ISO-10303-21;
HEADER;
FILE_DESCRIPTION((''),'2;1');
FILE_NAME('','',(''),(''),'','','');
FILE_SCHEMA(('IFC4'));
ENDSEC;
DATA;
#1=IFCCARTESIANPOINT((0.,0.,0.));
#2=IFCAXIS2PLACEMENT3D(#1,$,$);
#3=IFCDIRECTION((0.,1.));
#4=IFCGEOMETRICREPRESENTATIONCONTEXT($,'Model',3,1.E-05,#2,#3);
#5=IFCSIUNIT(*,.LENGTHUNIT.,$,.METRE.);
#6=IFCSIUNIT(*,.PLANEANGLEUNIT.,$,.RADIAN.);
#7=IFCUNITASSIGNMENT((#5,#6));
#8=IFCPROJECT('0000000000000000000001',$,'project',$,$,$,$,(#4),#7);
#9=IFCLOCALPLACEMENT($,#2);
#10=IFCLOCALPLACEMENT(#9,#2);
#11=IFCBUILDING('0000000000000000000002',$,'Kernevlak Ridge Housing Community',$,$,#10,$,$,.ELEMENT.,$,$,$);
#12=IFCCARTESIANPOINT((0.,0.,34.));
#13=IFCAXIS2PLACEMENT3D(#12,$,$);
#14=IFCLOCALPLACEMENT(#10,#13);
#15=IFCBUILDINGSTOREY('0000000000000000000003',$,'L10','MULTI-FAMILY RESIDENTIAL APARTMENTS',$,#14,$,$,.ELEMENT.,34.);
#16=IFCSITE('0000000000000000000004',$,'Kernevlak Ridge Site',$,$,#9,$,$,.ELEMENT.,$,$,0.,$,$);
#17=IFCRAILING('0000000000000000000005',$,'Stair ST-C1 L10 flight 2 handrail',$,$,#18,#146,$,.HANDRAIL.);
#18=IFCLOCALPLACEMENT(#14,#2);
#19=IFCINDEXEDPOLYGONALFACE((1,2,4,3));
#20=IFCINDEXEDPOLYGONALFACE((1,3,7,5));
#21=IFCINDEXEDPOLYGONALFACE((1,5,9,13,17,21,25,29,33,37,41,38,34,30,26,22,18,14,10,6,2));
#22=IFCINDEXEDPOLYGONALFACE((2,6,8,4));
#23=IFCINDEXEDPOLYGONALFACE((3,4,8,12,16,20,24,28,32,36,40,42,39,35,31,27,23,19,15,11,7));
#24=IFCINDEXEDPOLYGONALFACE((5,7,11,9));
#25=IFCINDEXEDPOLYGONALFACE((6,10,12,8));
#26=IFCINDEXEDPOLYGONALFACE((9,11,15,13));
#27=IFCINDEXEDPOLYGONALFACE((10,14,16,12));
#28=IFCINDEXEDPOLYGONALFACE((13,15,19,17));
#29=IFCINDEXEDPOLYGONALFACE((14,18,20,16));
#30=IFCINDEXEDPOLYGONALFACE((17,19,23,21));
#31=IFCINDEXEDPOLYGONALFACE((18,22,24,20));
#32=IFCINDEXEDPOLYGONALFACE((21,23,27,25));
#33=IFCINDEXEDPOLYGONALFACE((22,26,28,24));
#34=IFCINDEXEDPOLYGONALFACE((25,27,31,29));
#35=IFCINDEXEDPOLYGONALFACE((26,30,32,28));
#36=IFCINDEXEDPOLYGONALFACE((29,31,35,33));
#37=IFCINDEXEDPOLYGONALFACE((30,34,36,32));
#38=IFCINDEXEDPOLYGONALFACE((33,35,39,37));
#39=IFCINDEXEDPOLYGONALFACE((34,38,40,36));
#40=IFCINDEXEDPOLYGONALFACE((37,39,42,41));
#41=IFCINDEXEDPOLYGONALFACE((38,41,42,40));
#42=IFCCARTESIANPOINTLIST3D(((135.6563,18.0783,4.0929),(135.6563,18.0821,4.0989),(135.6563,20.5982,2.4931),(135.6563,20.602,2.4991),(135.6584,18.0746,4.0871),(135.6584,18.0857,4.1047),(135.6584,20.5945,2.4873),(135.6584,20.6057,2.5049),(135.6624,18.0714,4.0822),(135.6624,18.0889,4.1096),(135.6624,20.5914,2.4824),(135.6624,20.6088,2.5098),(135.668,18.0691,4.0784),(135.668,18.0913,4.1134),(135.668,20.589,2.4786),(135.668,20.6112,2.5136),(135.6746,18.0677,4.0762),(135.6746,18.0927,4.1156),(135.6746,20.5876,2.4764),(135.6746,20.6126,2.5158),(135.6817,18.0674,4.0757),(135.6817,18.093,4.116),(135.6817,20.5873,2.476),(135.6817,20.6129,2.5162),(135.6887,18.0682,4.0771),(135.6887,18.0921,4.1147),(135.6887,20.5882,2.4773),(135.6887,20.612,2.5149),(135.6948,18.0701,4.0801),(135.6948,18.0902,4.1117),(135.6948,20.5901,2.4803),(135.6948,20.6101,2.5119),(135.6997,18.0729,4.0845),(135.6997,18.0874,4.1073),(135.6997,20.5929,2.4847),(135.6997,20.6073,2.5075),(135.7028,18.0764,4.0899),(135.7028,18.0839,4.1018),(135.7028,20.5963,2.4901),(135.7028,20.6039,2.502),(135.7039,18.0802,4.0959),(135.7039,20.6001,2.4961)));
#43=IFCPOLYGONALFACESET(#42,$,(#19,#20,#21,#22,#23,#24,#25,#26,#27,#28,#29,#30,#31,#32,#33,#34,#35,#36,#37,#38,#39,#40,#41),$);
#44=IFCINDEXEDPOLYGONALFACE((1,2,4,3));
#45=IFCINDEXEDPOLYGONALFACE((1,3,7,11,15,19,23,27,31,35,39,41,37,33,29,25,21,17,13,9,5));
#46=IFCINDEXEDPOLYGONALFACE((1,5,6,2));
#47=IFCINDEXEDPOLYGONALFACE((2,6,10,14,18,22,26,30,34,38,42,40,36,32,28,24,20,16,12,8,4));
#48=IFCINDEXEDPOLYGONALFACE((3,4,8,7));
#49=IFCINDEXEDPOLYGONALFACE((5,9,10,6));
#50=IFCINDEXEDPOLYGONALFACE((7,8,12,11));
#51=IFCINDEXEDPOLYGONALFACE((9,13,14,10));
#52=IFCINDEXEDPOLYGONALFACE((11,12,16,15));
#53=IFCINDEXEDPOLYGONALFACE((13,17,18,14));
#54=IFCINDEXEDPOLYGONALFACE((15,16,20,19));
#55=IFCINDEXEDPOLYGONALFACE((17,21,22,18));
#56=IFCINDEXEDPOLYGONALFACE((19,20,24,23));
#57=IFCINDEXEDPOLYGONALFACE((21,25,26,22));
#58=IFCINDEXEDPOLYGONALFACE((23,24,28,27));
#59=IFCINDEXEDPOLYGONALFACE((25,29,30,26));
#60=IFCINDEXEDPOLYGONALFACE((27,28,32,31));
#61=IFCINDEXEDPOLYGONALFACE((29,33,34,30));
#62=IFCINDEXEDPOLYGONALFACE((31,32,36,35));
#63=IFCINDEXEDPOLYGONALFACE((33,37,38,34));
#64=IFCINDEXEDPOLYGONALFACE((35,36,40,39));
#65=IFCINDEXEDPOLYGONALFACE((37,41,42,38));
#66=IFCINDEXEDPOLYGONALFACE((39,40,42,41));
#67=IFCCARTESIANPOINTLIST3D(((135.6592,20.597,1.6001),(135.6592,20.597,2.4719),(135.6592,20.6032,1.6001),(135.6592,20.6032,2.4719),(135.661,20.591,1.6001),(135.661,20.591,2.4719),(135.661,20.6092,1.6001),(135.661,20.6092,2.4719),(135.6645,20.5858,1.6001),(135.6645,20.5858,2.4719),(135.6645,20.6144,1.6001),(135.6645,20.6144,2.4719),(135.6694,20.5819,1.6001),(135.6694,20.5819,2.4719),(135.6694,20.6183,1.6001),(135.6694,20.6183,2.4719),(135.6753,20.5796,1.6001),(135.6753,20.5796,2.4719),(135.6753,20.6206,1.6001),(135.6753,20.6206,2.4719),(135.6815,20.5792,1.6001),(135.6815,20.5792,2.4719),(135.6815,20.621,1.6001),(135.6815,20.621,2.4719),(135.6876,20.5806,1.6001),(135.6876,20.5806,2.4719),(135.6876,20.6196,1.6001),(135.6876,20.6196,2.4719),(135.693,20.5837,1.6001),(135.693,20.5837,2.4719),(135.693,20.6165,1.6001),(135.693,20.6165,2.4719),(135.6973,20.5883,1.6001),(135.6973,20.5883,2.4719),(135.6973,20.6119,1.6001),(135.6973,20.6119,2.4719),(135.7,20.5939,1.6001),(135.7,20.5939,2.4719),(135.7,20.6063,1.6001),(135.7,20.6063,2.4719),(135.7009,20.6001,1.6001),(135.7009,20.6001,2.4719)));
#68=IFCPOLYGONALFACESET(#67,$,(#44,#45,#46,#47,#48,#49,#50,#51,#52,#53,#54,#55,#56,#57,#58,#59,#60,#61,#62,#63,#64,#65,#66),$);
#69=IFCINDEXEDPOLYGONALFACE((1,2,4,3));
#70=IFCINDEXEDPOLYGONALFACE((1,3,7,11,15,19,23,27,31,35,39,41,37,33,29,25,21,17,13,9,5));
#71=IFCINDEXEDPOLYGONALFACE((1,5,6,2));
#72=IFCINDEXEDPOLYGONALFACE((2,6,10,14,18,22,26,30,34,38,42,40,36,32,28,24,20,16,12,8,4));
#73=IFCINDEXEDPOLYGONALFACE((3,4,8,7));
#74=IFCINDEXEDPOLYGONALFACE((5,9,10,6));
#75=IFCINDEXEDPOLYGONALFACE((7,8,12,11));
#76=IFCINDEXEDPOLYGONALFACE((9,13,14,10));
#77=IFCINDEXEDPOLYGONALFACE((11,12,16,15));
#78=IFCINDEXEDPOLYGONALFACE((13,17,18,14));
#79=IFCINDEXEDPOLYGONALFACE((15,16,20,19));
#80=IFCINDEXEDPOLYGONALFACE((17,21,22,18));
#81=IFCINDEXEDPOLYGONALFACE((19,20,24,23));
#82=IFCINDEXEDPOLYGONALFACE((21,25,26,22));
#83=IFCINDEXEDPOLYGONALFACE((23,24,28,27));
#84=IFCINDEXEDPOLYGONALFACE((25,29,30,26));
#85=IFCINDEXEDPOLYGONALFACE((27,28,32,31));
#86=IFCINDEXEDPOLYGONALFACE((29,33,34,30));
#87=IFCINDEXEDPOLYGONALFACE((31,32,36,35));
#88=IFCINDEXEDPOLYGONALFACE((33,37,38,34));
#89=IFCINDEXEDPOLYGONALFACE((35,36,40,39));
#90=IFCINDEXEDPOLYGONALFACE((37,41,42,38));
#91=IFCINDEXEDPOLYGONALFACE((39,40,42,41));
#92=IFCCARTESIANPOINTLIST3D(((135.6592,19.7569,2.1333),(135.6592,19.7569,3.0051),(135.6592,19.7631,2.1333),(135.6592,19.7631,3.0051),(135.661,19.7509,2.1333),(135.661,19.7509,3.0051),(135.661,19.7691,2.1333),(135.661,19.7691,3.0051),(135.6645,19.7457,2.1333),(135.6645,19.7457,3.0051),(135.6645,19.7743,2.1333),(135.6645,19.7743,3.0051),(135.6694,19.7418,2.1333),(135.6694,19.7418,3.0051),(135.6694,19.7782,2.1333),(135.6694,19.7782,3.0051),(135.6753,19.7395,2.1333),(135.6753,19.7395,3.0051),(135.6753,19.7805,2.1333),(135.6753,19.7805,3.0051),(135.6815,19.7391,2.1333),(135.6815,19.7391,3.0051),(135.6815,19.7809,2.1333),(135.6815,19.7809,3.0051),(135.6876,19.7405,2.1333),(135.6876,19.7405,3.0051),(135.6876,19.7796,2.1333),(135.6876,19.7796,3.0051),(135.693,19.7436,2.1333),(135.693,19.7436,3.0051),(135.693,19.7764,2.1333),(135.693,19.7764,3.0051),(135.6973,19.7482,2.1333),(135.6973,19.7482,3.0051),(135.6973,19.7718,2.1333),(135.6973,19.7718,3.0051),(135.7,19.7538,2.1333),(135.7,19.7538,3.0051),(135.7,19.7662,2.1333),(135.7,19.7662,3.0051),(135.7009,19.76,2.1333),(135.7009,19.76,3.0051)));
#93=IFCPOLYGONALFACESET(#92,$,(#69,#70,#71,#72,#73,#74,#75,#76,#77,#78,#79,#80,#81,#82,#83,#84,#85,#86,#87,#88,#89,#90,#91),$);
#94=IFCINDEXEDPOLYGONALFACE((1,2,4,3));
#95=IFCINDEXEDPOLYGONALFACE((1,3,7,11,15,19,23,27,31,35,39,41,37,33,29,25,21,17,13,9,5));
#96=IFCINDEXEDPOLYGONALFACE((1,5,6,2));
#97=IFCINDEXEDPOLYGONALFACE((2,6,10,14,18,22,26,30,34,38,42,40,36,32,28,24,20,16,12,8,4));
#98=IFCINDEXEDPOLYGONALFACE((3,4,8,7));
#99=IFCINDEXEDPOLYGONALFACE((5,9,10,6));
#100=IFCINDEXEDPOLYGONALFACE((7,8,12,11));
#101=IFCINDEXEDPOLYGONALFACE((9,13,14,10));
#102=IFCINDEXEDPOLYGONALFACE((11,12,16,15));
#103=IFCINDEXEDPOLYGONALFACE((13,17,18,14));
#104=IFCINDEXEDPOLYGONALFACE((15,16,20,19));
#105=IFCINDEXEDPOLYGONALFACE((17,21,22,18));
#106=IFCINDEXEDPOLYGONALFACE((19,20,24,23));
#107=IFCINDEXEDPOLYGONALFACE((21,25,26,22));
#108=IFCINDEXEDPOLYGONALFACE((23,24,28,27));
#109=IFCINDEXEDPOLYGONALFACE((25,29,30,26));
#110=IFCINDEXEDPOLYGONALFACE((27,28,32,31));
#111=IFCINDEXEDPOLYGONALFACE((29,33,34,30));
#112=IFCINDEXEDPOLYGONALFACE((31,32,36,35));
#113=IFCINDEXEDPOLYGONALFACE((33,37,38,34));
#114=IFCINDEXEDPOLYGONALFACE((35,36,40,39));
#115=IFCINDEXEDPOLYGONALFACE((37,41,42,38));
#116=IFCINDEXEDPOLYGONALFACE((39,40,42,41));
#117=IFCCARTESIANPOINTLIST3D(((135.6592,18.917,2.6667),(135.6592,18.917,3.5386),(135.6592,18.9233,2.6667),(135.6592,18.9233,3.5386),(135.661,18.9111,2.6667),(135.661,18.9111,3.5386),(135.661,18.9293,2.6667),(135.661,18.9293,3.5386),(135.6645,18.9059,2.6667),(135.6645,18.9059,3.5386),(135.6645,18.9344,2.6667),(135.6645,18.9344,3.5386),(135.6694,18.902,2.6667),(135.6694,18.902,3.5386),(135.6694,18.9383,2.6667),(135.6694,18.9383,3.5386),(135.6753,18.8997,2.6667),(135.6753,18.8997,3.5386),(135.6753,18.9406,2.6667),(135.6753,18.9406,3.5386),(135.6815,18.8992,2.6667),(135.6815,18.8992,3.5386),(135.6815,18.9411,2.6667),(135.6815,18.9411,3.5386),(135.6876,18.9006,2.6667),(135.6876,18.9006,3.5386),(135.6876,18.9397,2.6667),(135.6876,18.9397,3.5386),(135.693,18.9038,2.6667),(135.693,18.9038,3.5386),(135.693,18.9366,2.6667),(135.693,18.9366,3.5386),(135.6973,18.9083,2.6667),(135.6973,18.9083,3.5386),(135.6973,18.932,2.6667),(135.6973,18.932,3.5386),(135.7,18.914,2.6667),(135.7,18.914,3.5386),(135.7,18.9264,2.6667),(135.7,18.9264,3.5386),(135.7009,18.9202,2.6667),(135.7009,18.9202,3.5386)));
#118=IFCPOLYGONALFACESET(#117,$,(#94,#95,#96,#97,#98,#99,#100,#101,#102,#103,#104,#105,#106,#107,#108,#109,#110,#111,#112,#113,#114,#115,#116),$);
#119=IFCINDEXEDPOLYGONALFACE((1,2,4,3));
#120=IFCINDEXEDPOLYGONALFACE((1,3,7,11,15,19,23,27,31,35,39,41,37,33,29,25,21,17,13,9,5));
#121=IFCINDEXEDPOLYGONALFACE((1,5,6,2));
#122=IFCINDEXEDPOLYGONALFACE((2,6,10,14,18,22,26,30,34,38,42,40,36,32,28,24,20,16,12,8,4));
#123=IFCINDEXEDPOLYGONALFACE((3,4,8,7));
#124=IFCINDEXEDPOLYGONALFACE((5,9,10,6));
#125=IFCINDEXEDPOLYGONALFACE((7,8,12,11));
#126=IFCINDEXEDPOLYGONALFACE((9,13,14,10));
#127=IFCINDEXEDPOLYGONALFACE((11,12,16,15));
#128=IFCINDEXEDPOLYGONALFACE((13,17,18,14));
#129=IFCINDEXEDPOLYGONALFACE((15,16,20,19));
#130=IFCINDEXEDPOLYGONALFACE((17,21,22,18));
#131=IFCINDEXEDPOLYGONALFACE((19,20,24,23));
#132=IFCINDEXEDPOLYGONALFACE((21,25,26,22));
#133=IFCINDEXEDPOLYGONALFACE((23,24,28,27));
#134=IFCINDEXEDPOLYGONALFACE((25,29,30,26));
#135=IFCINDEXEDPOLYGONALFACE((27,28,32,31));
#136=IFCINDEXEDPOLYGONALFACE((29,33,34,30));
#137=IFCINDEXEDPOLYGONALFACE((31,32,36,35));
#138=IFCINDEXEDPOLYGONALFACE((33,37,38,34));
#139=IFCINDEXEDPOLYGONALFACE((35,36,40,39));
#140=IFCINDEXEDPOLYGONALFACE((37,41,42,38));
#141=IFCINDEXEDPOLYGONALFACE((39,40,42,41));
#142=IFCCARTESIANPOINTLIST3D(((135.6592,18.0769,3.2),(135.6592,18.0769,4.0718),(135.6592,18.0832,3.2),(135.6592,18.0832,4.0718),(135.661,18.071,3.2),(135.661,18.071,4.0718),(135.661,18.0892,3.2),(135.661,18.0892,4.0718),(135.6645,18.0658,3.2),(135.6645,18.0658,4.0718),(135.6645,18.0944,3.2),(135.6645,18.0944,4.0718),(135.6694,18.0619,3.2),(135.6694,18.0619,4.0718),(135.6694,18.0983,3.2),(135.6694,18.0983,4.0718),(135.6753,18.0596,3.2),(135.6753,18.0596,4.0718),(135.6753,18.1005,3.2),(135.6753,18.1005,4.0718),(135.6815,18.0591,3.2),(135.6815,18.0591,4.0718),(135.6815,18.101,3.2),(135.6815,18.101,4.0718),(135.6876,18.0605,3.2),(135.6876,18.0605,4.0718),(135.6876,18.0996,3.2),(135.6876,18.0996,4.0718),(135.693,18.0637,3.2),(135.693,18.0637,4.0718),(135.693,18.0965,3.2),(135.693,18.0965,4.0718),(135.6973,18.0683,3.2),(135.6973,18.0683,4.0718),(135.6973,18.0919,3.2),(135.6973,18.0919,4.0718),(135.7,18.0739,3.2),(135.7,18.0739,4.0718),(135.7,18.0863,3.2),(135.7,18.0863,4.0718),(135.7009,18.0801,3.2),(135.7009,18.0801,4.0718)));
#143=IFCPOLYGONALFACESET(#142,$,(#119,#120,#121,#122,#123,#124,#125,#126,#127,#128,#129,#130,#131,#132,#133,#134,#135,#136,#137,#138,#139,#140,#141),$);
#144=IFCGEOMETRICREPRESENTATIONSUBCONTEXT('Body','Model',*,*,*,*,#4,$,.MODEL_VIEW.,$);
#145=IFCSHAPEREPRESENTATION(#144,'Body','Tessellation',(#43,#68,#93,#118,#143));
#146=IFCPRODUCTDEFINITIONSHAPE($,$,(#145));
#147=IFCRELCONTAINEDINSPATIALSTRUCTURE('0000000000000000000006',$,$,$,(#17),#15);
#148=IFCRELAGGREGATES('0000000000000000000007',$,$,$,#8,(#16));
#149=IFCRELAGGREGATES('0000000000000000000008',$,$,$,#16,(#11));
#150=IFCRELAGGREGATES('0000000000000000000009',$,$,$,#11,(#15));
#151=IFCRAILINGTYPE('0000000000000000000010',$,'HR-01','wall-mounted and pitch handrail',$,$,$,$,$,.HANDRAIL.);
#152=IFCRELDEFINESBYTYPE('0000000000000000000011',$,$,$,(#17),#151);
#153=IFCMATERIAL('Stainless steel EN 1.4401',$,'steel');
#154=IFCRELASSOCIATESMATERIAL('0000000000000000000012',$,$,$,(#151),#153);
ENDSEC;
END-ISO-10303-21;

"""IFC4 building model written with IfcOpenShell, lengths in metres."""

from ifc_helpers import new_model, si_unit, direction, frame, origin, origin_2d, place, context, subcontext, project, spatial, circle, extrude, material, type_object, element, save


model = new_model("IFC4")

# Units and contexts
model_context = context("Model", 3, precision=1e-05, world=origin(), true_north=direction((0.0, 1.0)))
body_context = subcontext(model_context, "Body", "Model", "MODEL_VIEW")
ifc_project = project(units=[si_unit("LENGTHUNIT", "METRE"), si_unit("PLANEANGLEUNIT", "RADIAN")], contexts=[model_context])

# Site, building, storey
site_placement = place(None, origin())
site = spatial("IfcSite", under=ifc_project, at=site_placement, Name="Kernevlak Ridge Site", CompositionType="ELEMENT", RefElevation=0.0)
building_placement = place(site_placement, origin())
building = spatial("IfcBuilding", under=site, at=building_placement, Name="Kernevlak Ridge Housing Community", CompositionType="ELEMENT")
storey_placement = place(building_placement, frame((0.0, 0.0, 34.0)))
storey = spatial("IfcBuildingStorey", under=building, at=storey_placement, Name="L10", Description="MULTI-FAMILY RESIDENTIAL APARTMENTS", CompositionType="ELEMENT", Elevation=34.0)

# Shared definitions
ifc_material_1 = material(Name="Stainless steel EN 1.4401", Category="steel")

# Railing
railing_type_1 = type_object("IfcRailingType", Name="HR-01", Description="wall-mounted and pitch handrail", PredefinedType="HANDRAIL", material=ifc_material_1)
railing_1_placement = place(storey_placement, frame((135.6799, 20.6001, 1.6001)))
element("IfcRailing", 1, at=railing_1_placement, inside=storey, type_object=railing_type_1, Name="Stair ST-C1 L10 flight 2 handrail", PredefinedType="HANDRAIL", context=body_context, shape_type="SweptSolid", body=[
    extrude(circle(Radius=0.0239, at=origin_2d()), frame((0.0, 0.0, 0.896), z_axis=(0.0, -0.844237, 0.53597), x_axis=(1.0, 0.0, 0.0)), (0.0, 0.0, 1.0), 2.9849),
    extrude(circle(Radius=0.021, at=origin_2d()), origin(), (0.0, 0.0, 1.0), 0.8718),
    extrude(circle(Radius=0.021, at=origin_2d()), frame((0.0, -0.8401, 0.5332)), (0.0, 0.0, 1.0), 0.8718),
    extrude(circle(Radius=0.021, at=origin_2d()), frame((0.0, -1.6799, 1.0667)), (0.0, 0.0, 1.0), 0.8718),
    extrude(circle(Radius=0.021, at=origin_2d()), frame((0.0, -2.52, 1.5999)), (0.0, 0.0, 1.0), 0.8718),
])

save(model, "model.ifc")
